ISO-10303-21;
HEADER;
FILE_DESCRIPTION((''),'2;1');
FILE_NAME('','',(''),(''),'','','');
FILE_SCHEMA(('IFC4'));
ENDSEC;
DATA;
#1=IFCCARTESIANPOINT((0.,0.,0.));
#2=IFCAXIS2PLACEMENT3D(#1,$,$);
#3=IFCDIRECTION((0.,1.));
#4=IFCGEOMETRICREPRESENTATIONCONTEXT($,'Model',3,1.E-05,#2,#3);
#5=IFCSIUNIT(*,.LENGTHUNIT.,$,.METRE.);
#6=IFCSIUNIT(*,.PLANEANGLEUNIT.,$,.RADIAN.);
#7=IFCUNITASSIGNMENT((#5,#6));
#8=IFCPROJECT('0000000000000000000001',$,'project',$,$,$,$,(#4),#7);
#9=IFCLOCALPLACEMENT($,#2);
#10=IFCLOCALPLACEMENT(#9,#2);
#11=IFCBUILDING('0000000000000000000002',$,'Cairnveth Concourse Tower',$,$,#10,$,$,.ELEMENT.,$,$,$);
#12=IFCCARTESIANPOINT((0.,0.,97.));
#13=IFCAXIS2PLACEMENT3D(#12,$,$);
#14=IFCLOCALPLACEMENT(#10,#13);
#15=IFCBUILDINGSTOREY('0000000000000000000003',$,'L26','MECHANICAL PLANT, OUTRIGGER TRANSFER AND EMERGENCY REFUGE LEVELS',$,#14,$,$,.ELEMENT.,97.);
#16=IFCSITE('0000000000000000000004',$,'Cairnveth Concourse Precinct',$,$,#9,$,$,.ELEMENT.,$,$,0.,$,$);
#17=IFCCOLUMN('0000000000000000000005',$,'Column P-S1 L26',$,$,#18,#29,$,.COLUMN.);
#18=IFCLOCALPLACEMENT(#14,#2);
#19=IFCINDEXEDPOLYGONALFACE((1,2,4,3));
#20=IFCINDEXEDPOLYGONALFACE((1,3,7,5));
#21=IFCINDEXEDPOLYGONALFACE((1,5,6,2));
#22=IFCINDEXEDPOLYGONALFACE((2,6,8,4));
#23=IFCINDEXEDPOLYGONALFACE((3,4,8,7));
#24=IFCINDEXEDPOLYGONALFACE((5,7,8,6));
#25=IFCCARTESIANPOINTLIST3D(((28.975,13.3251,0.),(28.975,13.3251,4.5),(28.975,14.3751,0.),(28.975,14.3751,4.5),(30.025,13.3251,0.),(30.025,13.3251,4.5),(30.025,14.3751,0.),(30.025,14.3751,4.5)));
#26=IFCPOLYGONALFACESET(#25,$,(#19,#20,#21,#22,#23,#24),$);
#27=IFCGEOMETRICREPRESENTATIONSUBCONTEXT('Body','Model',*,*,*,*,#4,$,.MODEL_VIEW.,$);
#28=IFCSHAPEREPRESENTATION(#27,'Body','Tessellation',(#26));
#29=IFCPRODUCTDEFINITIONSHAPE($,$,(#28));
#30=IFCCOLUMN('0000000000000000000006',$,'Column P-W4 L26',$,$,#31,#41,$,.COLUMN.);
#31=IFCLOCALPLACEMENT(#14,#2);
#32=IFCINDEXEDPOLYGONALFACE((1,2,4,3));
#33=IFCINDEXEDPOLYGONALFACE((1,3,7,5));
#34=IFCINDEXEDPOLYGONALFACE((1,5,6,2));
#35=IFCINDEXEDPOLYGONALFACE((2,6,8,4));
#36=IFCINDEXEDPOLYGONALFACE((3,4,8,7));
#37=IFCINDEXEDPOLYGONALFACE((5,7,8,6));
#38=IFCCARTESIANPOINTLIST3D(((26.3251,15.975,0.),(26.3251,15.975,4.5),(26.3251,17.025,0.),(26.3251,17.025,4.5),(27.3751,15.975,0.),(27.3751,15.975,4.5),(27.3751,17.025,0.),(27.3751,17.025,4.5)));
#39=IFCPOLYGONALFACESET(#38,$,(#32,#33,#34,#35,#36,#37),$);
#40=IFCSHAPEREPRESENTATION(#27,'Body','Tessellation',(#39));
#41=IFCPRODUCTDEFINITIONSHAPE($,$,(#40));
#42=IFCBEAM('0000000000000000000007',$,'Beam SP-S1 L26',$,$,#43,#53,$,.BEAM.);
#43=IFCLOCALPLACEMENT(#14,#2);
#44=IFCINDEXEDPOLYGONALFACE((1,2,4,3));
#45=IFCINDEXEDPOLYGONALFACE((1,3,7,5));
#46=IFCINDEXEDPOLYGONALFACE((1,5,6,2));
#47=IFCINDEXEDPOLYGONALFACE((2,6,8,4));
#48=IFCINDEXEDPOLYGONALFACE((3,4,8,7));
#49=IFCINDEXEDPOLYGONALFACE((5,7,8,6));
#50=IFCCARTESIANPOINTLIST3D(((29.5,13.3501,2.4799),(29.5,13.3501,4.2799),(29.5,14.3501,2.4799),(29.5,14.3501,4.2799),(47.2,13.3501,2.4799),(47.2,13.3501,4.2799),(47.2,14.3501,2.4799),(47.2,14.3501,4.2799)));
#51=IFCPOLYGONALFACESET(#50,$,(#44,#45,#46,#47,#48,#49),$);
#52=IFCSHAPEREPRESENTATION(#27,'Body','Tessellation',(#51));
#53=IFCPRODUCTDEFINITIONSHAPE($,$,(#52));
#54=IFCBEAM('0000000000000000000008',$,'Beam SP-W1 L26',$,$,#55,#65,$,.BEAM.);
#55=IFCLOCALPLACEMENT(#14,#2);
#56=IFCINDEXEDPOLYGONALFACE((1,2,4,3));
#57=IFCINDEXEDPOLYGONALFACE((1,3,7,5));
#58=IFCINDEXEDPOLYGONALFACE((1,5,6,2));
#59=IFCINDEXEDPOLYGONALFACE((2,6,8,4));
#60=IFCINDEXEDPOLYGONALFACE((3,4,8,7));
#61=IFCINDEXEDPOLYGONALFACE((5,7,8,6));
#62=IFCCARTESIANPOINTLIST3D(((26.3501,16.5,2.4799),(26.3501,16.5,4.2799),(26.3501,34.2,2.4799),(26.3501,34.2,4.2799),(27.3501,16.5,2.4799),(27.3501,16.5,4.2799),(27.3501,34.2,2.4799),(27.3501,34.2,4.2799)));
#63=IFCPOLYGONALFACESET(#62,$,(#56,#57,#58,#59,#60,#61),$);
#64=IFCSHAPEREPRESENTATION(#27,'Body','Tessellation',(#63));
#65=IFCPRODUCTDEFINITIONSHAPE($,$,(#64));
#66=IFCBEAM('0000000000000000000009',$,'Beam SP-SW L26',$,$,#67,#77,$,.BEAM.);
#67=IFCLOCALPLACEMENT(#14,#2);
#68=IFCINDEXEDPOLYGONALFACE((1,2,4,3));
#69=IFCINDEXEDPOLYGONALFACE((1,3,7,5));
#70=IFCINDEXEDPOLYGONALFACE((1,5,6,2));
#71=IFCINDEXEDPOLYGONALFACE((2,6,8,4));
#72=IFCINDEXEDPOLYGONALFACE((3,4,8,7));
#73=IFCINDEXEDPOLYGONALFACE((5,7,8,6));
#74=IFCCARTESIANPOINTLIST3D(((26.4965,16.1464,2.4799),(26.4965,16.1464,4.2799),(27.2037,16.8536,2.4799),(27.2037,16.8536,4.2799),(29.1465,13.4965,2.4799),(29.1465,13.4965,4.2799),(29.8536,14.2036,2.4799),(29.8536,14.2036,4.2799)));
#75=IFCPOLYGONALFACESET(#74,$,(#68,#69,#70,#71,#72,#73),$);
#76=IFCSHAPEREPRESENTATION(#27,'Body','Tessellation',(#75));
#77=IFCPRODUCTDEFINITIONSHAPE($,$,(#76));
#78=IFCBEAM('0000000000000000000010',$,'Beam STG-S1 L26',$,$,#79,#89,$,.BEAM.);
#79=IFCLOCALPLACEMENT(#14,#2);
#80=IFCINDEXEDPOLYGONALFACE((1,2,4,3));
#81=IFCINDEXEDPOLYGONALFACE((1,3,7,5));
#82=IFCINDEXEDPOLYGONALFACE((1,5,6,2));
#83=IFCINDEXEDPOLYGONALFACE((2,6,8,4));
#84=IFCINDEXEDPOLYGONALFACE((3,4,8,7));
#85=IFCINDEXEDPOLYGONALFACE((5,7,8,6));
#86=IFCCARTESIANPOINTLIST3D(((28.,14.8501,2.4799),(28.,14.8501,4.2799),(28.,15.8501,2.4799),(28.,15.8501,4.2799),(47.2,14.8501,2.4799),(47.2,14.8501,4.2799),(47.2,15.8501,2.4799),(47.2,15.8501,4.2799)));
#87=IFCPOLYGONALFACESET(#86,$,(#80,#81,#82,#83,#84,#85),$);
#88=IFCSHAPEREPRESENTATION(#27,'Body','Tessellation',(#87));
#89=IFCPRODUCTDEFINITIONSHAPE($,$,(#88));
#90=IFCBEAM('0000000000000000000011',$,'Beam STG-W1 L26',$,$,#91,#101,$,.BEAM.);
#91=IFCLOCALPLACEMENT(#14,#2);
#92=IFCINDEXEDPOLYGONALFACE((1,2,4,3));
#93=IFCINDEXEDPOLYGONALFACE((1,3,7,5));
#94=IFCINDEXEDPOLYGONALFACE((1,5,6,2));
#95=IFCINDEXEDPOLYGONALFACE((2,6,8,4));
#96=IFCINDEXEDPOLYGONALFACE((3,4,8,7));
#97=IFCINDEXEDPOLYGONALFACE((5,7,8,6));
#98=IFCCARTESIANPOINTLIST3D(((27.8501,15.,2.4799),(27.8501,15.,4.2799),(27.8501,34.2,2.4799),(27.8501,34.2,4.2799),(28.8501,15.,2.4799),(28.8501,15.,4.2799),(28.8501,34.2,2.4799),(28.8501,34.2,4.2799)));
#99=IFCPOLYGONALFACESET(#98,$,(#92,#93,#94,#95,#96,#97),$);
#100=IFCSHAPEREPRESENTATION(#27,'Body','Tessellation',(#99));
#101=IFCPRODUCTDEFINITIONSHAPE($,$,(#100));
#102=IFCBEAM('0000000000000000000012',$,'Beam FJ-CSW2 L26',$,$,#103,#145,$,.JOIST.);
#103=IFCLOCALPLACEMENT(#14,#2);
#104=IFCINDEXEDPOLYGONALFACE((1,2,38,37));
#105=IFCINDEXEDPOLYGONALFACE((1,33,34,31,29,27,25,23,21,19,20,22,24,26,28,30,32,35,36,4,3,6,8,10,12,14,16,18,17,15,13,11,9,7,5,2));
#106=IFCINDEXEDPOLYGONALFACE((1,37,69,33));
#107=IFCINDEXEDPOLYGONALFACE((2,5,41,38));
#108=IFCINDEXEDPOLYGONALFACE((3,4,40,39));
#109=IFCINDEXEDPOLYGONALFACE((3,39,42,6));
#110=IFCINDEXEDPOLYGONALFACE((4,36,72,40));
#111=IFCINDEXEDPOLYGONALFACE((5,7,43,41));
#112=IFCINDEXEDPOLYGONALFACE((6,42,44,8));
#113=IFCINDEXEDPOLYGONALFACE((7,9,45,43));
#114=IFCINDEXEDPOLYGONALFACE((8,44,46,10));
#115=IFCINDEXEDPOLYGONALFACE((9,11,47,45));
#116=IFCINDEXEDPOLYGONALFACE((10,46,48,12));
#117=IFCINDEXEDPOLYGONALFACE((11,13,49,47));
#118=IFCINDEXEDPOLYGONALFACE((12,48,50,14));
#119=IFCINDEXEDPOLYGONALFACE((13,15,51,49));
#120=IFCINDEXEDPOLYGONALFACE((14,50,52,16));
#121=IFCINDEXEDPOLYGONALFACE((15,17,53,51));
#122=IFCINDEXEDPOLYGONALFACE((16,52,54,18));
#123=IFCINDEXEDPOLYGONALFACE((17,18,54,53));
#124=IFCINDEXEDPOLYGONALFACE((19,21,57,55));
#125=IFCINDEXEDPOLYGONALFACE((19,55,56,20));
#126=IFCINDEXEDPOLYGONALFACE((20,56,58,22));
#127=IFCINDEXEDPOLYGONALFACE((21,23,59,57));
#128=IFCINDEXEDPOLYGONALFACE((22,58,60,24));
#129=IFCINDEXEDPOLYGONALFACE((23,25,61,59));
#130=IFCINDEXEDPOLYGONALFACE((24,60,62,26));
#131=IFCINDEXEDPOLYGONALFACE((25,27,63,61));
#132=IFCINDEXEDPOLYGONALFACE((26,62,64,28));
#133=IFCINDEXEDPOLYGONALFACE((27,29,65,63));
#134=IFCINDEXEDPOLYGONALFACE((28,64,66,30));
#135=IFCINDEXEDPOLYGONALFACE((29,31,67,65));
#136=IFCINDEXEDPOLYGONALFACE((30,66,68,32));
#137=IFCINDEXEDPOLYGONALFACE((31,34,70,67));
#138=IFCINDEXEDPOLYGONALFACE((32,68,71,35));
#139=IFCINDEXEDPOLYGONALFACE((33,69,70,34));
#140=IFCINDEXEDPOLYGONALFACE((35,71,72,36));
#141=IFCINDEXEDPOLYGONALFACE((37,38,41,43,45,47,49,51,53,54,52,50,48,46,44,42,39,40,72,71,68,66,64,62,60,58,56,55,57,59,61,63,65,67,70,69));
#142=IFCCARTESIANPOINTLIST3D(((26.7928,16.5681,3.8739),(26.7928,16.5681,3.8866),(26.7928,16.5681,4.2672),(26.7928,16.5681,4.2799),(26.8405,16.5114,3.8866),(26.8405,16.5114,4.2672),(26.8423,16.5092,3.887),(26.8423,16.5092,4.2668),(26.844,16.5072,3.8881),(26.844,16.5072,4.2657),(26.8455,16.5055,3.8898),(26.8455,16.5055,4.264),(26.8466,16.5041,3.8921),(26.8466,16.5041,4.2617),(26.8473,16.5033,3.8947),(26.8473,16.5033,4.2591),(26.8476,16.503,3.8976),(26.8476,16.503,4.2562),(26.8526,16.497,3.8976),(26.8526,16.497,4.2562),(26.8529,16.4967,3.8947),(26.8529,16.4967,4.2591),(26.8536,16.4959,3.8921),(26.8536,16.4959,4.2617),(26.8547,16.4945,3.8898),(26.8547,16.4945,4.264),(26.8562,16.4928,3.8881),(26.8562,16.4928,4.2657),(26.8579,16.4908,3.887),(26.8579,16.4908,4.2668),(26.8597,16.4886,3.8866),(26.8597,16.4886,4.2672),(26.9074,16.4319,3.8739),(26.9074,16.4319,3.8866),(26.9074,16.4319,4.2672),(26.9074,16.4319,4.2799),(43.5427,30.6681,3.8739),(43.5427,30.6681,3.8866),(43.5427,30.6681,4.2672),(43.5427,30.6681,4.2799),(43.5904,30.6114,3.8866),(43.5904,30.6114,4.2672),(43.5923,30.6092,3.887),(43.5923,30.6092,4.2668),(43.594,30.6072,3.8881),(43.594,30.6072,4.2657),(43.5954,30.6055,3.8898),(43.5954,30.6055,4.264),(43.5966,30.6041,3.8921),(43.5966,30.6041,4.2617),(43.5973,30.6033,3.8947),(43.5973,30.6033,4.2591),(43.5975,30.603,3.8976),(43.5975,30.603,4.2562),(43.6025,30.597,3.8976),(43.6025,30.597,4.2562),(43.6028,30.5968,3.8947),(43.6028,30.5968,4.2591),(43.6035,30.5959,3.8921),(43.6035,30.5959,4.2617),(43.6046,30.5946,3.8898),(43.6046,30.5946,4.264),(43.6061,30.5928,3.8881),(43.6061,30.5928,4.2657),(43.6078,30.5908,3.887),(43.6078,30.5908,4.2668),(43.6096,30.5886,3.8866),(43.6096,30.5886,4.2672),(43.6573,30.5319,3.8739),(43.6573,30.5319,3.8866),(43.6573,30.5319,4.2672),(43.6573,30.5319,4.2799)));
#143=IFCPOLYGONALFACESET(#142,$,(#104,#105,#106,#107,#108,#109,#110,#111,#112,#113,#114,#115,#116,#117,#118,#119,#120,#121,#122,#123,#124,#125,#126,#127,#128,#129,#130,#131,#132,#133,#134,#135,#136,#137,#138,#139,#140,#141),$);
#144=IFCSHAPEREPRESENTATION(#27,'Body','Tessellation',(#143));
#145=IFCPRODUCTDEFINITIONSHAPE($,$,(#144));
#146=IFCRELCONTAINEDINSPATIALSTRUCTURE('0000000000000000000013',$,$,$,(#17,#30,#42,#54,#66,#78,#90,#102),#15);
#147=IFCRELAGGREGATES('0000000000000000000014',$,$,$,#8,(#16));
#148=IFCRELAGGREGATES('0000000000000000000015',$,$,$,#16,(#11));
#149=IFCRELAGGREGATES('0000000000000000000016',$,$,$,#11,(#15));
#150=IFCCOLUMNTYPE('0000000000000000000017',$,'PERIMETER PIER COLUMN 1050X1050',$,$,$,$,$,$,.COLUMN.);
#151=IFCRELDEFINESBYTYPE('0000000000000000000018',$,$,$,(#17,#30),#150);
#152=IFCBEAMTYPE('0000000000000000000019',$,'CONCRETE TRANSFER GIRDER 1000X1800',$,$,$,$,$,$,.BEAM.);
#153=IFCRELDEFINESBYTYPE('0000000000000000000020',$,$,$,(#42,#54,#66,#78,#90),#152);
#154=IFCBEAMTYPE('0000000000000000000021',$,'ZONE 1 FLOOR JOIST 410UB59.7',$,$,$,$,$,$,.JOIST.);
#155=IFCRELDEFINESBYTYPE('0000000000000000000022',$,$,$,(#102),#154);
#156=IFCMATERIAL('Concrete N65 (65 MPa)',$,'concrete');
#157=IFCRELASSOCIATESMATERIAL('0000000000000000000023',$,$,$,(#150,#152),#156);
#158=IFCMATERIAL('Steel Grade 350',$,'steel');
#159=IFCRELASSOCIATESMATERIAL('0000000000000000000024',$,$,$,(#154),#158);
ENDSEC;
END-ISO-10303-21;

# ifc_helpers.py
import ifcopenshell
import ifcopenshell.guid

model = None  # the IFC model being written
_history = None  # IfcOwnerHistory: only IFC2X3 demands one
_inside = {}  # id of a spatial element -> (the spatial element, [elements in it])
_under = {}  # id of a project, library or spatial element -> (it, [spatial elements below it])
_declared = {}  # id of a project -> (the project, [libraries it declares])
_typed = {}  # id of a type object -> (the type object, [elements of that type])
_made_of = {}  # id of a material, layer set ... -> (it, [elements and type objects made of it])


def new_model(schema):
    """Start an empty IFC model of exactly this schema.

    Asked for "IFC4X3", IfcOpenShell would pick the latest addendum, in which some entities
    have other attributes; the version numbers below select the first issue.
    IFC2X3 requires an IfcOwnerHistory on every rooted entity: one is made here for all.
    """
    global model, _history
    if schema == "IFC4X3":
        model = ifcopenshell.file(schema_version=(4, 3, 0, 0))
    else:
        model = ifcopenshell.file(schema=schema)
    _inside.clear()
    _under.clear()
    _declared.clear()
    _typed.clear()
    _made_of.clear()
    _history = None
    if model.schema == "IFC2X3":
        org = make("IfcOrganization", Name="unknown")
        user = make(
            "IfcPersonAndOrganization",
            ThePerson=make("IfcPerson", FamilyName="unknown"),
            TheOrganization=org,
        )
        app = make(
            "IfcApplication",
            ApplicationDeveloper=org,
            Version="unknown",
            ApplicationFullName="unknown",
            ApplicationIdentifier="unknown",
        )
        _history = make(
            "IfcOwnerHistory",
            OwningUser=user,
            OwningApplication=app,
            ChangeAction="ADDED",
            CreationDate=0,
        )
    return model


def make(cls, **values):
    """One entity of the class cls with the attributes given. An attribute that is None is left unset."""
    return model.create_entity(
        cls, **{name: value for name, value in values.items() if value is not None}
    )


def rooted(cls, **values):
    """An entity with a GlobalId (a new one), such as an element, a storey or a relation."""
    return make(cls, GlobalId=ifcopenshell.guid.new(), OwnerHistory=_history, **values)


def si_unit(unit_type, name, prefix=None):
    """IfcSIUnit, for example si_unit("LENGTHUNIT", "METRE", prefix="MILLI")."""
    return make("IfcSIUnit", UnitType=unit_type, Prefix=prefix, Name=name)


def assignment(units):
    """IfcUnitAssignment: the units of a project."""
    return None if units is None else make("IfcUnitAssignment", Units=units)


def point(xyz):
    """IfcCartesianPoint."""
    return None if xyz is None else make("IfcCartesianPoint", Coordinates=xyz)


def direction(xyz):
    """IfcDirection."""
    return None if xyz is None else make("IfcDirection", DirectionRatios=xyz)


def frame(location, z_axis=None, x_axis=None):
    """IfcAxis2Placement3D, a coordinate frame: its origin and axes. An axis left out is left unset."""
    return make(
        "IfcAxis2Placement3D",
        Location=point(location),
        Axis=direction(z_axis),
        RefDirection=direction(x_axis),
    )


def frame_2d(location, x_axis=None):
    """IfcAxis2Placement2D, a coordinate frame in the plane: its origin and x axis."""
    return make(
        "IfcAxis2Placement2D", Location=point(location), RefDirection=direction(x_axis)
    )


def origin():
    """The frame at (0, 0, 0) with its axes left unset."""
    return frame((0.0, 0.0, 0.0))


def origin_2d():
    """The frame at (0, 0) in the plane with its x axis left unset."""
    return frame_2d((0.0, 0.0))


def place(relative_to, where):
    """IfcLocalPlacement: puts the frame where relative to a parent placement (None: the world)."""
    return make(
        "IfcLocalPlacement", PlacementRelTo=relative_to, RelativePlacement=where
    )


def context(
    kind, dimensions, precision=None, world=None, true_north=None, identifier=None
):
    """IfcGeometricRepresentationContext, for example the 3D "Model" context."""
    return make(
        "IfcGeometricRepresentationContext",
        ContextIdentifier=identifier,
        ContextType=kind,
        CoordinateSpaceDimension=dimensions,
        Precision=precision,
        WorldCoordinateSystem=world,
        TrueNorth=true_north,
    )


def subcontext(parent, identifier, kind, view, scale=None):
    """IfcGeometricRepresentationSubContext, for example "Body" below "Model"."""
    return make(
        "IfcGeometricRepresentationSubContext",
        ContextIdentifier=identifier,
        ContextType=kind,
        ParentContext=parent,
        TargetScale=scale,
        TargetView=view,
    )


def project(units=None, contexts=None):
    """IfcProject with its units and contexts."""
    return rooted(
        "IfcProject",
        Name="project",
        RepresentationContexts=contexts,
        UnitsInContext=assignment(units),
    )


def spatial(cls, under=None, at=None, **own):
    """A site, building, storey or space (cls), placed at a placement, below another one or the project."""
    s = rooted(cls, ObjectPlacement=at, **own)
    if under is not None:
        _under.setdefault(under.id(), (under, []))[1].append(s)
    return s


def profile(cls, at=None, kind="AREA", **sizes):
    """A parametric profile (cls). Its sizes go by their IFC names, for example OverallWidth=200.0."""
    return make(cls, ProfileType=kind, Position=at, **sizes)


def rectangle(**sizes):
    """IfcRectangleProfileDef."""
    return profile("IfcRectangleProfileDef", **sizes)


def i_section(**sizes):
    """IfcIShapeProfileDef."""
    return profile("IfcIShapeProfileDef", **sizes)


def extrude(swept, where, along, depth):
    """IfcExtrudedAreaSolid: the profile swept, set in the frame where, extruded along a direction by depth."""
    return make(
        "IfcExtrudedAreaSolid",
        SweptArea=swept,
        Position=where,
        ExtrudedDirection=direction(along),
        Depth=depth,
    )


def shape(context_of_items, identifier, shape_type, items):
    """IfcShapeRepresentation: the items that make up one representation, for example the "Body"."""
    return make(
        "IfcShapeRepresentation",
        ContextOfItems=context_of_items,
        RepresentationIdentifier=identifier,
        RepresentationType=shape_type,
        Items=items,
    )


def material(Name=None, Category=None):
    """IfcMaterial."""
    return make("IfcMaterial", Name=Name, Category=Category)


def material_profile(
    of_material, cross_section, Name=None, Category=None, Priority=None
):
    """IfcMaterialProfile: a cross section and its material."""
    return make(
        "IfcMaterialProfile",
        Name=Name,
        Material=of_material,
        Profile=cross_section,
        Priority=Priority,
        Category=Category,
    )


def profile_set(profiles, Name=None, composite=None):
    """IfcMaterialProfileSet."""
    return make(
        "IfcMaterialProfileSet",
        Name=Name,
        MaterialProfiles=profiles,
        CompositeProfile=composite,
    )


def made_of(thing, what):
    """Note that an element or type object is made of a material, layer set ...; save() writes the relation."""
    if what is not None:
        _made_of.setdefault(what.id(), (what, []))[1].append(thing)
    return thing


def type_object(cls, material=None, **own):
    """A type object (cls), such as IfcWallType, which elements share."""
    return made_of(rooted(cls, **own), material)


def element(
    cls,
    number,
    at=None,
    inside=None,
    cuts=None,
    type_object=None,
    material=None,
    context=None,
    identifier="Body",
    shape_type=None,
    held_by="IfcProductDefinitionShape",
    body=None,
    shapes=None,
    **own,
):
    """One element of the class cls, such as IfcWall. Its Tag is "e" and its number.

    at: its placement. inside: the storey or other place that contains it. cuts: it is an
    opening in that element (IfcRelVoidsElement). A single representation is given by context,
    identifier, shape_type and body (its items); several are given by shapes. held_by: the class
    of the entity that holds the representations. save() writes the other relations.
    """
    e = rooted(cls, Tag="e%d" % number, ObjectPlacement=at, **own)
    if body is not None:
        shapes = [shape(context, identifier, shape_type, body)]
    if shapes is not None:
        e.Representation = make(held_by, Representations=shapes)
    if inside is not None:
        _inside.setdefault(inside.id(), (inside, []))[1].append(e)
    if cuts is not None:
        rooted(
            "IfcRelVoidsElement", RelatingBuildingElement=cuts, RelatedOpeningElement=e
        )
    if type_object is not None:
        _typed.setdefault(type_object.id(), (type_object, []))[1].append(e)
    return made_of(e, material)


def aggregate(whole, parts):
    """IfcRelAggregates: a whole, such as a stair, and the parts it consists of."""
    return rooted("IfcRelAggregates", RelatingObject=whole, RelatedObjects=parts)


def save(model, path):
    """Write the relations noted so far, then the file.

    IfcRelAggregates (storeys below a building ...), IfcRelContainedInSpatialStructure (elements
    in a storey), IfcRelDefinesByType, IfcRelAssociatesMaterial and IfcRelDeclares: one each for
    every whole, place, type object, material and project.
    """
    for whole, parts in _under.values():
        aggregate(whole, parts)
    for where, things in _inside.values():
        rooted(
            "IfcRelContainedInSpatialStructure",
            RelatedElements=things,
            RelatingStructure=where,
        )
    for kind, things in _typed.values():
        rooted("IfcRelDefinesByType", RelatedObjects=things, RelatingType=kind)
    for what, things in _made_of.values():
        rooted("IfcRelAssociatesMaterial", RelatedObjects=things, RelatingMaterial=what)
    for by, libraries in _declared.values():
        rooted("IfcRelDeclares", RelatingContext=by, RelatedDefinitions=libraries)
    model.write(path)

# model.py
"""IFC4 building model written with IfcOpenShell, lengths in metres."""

from ifc_helpers import new_model, si_unit, direction, frame, origin, origin_2d, place, context, subcontext, project, spatial, rectangle, i_section, extrude, material, material_profile, profile_set, type_object, element, save


model = new_model("IFC4")

# Units and contexts
model_context = context("Model", 3, precision=1e-05, world=origin(), true_north=direction((0.0, 1.0)))
body_context = subcontext(model_context, "Body", "Model", "MODEL_VIEW")
ifc_project = project(units=[si_unit("LENGTHUNIT", "METRE"), si_unit("PLANEANGLEUNIT", "RADIAN")], contexts=[model_context])

# Site, building, storey
site_placement = place(None, origin())
site = spatial("IfcSite", under=ifc_project, at=site_placement, Name="Cairnveth Concourse Precinct", CompositionType="ELEMENT", RefElevation=0.0)
building_placement = place(site_placement, origin())
building = spatial("IfcBuilding", under=site, at=building_placement, Name="Cairnveth Concourse Tower", CompositionType="ELEMENT")
storey_placement = place(building_placement, frame((0.0, 0.0, 97.0)))
storey = spatial("IfcBuildingStorey", under=building, at=storey_placement, Name="L26", Description="MECHANICAL PLANT, OUTRIGGER TRANSFER AND EMERGENCY REFUGE LEVELS", CompositionType="ELEMENT", Elevation=97.0)

# Columns
ifc_material_1 = material(Name="Concrete N65 (65 MPa)", Category="concrete")
ifc_material_profile_1 = material_profile(ifc_material_1, rectangle(XDim=1.05, YDim=1.05, at=origin_2d()), Name="RC-COL-1050x1050")
ifc_profile_set_1 = profile_set([ifc_material_profile_1], Name="Concrete N65 (65 MPa)")
column_type = type_object("IfcColumnType", Name="PERIMETER PIER COLUMN 1050X1050", PredefinedType="COLUMN", material=ifc_profile_set_1)
for number, where, z_axis, x_axis, name in (
    (1, (29.5, 13.8501, 0.0), (0.0, 0.0, 1.0), (1.0, 0.0, 0.0), "Column P-S1 L26"),
    (2, (26.8501, 16.5, 0.0), (0.0, 0.0, 1.0), (0.0, 1.0, 0.0), "Column P-W4 L26"),
):
    element("IfcColumn", number, at=place(storey_placement, frame(where, z_axis=z_axis, x_axis=x_axis)), inside=storey, type_object=column_type, Name=name, PredefinedType="COLUMN", context=body_context, shape_type="SweptSolid", body=[
        extrude(rectangle(XDim=1.05, YDim=1.05, at=origin_2d()), origin(), (0.0, 0.0, 1.0), 4.5),
    ])

# Beams
ifc_material_profile_2 = material_profile(ifc_material_1, rectangle(XDim=1.0, YDim=1.8, at=origin_2d()), Name="RC-TB-1000x1800")
ifc_profile_set_2 = profile_set([ifc_material_profile_2], Name="Concrete N65 (65 MPa)")
beam_type_1 = type_object("IfcBeamType", Name="CONCRETE TRANSFER GIRDER 1000X1800", PredefinedType="BEAM", material=ifc_profile_set_2)
for number, where, z_axis, x_axis, name in (
    (3, (29.5, 13.8501, 3.3799), (1.0, 0.0, 0.0), (0.0, 1.0, 0.0), "Beam SP-S1 L26"),
    (4, (26.8501, 16.5, 3.3799), (0.0, 1.0, 0.0), (-1.0, 0.0, 0.0), "Beam SP-W1 L26"),
):
    element("IfcBeam", number, at=place(storey_placement, frame(where, z_axis=z_axis, x_axis=x_axis)), inside=storey, type_object=beam_type_1, Name=name, PredefinedType="BEAM", context=body_context, shape_type="SweptSolid", body=[
        extrude(rectangle(XDim=1.0, YDim=1.8, at=origin_2d()), origin(), (0.0, 0.0, 1.0), 17.7),
    ])
beam_1_placement = place(storey_placement, frame((26.8501, 16.5, 3.3799), z_axis=(0.707107, -0.707107, 0.0), x_axis=(0.707107, 0.707107, 0.0)))
element("IfcBeam", 5, at=beam_1_placement, inside=storey, type_object=beam_type_1, Name="Beam SP-SW L26", PredefinedType="BEAM", context=body_context, shape_type="SweptSolid", body=[
    extrude(rectangle(XDim=1.0, YDim=1.8, at=origin_2d()), origin(), (0.0, 0.0, 1.0), 3.7476),
])
for number, where, z_axis, x_axis, name in (
    (6, (28.0, 15.3501, 3.3799), (1.0, 0.0, 0.0), (0.0, 1.0, 0.0), "Beam STG-S1 L26"),
    (7, (28.3501, 15.0, 3.3799), (0.0, 1.0, 0.0), (-1.0, 0.0, 0.0), "Beam STG-W1 L26"),
):
    element("IfcBeam", number, at=place(storey_placement, frame(where, z_axis=z_axis, x_axis=x_axis)), inside=storey, type_object=beam_type_1, Name=name, PredefinedType="BEAM", context=body_context, shape_type="SweptSolid", body=[
        extrude(rectangle(XDim=1.0, YDim=1.8, at=origin_2d()), origin(), (0.0, 0.0, 1.0), 19.2),
    ])
ifc_material_2 = material(Name="Steel Grade 350", Category="steel")
ifc_material_profile_3 = material_profile(ifc_material_2, i_section(OverallWidth=0.178, OverallDepth=0.406, WebThickness=0.0078, FlangeThickness=0.0127, FilletRadius=0.011, at=origin_2d()), Name="410UB59.7")
ifc_profile_set_3 = profile_set([ifc_material_profile_3], Name="Steel Grade 350")
beam_type_2 = type_object("IfcBeamType", Name="ZONE 1 FLOOR JOIST 410UB59.7", PredefinedType="JOIST", material=ifc_profile_set_3)
beam_2_placement = place(storey_placement, frame((26.8501, 16.5, 4.0769), z_axis=(0.765027, 0.643998, 0.0), x_axis=(-0.643998, 0.765027, 0.0)))
element("IfcBeam", 8, at=beam_2_placement, inside=storey, type_object=beam_type_2, Name="Beam FJ-CSW2 L26", PredefinedType="JOIST", context=body_context, shape_type="SweptSolid", body=[
    extrude(i_section(OverallWidth=0.178, OverallDepth=0.406, WebThickness=0.0078, FlangeThickness=0.0127, FilletRadius=0.011, at=origin_2d()), origin(), (0.0, 0.0, 1.0), 21.8945),
])

save(model, "model.ifc")
